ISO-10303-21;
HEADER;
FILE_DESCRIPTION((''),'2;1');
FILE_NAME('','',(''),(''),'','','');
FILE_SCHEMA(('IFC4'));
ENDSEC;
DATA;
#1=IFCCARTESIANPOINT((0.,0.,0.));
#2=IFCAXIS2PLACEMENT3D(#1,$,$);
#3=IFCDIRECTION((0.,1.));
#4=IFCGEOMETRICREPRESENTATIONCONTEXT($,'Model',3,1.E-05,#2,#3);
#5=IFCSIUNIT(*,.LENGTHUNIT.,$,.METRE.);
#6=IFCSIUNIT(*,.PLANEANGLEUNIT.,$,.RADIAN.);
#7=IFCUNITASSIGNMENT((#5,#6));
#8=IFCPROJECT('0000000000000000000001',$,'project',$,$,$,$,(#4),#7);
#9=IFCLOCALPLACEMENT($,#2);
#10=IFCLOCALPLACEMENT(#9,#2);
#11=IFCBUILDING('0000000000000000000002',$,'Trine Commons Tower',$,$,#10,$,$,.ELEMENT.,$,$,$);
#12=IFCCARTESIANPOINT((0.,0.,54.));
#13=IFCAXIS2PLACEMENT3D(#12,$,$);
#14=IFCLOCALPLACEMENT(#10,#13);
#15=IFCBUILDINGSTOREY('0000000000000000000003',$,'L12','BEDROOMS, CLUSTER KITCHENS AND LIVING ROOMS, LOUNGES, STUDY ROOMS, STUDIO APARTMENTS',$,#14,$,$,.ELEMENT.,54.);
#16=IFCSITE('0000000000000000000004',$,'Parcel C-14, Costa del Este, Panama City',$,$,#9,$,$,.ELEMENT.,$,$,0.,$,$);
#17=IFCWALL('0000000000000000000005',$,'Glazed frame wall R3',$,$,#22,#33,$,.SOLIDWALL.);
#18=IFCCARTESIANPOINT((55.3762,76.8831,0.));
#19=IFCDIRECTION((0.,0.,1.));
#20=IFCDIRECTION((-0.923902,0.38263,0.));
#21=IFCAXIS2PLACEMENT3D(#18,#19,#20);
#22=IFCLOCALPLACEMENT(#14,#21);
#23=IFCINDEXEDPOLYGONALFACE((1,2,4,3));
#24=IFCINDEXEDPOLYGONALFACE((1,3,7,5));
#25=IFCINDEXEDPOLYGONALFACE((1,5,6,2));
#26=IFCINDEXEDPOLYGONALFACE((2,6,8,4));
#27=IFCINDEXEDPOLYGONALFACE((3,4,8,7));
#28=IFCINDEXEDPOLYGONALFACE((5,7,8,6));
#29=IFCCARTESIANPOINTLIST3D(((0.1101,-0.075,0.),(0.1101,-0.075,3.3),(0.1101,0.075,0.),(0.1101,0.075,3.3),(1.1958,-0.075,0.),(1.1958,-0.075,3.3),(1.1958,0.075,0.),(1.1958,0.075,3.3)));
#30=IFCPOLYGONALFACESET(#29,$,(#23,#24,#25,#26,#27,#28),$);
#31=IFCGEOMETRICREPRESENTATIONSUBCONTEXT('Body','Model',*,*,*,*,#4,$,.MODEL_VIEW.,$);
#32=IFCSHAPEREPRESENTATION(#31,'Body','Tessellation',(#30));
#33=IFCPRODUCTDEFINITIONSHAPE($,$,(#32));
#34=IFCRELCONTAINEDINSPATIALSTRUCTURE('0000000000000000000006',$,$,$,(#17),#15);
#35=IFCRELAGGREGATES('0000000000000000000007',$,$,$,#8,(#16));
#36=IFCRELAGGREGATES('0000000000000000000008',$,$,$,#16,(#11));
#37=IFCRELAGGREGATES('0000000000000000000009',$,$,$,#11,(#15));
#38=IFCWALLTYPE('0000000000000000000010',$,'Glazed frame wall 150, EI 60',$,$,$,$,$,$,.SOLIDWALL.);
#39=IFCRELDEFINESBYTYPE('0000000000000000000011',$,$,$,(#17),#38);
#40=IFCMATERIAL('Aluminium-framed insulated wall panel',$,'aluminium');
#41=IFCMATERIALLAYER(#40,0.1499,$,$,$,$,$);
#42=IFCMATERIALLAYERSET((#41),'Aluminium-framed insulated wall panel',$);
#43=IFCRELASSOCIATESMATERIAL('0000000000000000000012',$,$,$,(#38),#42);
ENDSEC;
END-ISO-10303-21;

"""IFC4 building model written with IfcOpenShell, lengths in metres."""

from ifc_helpers import new_model, si_unit, direction, frame, origin, place, context, subcontext, project, spatial, polyline, outline, extrude, material, layer, layer_set, type_object, element, save


model = new_model("IFC4")

# Units and contexts
model_context = context("Model", 3, precision=1e-05, world=origin(), true_north=direction((0.0, 1.0)))
body_context = subcontext(model_context, "Body", "Model", "MODEL_VIEW")
ifc_project = project(units=[si_unit("LENGTHUNIT", "METRE"), si_unit("PLANEANGLEUNIT", "RADIAN")], contexts=[model_context])

# Site, building, storey
site_placement = place(None, origin())
site = spatial("IfcSite", under=ifc_project, at=site_placement, Name="Parcel C-14, Costa del Este, Panama City", CompositionType="ELEMENT", RefElevation=0.0)
building_placement = place(site_placement, origin())
building = spatial("IfcBuilding", under=site, at=building_placement, Name="Trine Commons Tower", CompositionType="ELEMENT")
storey_placement = place(building_placement, frame((0.0, 0.0, 54.0)))
storey = spatial("IfcBuildingStorey", under=building, at=storey_placement, Name="L12", Description="BEDROOMS, CLUSTER KITCHENS AND LIVING ROOMS, LOUNGES, STUDY ROOMS, STUDIO APARTMENTS", CompositionType="ELEMENT", Elevation=54.0)

# Shared definitions
ifc_material_1 = material(Name="Aluminium-framed insulated wall panel", Category="aluminium")
ifc_layer_1 = layer(ifc_material_1, 0.1499)
ifc_layer_set_1 = layer_set([ifc_layer_1], Name="Aluminium-framed insulated wall panel")
wall_type_1 = type_object("IfcWallType", Name="Glazed frame wall 150, EI 60", PredefinedType="SOLIDWALL", material=ifc_layer_set_1)

# Wall
wall_1_placement = place(storey_placement, frame((55.3762, 76.8831, 0.0), z_axis=(0.0, 0.0, 1.0), x_axis=(-0.923902, 0.38263, 0.0)))
element("IfcWall", 1, at=wall_1_placement, inside=storey, type_object=wall_type_1, Name="Glazed frame wall R3", PredefinedType="SOLIDWALL", context=body_context, shape_type="SweptSolid", body=[
    extrude(outline(polyline([(0.1101, 0.075), (0.1101, -0.075), (1.1958, -0.075), (1.1958, 0.075), (0.1101, 0.075)])), origin(), (0.0, 0.0, 1.0), 3.3),
])

save(model, "model.ifc")
